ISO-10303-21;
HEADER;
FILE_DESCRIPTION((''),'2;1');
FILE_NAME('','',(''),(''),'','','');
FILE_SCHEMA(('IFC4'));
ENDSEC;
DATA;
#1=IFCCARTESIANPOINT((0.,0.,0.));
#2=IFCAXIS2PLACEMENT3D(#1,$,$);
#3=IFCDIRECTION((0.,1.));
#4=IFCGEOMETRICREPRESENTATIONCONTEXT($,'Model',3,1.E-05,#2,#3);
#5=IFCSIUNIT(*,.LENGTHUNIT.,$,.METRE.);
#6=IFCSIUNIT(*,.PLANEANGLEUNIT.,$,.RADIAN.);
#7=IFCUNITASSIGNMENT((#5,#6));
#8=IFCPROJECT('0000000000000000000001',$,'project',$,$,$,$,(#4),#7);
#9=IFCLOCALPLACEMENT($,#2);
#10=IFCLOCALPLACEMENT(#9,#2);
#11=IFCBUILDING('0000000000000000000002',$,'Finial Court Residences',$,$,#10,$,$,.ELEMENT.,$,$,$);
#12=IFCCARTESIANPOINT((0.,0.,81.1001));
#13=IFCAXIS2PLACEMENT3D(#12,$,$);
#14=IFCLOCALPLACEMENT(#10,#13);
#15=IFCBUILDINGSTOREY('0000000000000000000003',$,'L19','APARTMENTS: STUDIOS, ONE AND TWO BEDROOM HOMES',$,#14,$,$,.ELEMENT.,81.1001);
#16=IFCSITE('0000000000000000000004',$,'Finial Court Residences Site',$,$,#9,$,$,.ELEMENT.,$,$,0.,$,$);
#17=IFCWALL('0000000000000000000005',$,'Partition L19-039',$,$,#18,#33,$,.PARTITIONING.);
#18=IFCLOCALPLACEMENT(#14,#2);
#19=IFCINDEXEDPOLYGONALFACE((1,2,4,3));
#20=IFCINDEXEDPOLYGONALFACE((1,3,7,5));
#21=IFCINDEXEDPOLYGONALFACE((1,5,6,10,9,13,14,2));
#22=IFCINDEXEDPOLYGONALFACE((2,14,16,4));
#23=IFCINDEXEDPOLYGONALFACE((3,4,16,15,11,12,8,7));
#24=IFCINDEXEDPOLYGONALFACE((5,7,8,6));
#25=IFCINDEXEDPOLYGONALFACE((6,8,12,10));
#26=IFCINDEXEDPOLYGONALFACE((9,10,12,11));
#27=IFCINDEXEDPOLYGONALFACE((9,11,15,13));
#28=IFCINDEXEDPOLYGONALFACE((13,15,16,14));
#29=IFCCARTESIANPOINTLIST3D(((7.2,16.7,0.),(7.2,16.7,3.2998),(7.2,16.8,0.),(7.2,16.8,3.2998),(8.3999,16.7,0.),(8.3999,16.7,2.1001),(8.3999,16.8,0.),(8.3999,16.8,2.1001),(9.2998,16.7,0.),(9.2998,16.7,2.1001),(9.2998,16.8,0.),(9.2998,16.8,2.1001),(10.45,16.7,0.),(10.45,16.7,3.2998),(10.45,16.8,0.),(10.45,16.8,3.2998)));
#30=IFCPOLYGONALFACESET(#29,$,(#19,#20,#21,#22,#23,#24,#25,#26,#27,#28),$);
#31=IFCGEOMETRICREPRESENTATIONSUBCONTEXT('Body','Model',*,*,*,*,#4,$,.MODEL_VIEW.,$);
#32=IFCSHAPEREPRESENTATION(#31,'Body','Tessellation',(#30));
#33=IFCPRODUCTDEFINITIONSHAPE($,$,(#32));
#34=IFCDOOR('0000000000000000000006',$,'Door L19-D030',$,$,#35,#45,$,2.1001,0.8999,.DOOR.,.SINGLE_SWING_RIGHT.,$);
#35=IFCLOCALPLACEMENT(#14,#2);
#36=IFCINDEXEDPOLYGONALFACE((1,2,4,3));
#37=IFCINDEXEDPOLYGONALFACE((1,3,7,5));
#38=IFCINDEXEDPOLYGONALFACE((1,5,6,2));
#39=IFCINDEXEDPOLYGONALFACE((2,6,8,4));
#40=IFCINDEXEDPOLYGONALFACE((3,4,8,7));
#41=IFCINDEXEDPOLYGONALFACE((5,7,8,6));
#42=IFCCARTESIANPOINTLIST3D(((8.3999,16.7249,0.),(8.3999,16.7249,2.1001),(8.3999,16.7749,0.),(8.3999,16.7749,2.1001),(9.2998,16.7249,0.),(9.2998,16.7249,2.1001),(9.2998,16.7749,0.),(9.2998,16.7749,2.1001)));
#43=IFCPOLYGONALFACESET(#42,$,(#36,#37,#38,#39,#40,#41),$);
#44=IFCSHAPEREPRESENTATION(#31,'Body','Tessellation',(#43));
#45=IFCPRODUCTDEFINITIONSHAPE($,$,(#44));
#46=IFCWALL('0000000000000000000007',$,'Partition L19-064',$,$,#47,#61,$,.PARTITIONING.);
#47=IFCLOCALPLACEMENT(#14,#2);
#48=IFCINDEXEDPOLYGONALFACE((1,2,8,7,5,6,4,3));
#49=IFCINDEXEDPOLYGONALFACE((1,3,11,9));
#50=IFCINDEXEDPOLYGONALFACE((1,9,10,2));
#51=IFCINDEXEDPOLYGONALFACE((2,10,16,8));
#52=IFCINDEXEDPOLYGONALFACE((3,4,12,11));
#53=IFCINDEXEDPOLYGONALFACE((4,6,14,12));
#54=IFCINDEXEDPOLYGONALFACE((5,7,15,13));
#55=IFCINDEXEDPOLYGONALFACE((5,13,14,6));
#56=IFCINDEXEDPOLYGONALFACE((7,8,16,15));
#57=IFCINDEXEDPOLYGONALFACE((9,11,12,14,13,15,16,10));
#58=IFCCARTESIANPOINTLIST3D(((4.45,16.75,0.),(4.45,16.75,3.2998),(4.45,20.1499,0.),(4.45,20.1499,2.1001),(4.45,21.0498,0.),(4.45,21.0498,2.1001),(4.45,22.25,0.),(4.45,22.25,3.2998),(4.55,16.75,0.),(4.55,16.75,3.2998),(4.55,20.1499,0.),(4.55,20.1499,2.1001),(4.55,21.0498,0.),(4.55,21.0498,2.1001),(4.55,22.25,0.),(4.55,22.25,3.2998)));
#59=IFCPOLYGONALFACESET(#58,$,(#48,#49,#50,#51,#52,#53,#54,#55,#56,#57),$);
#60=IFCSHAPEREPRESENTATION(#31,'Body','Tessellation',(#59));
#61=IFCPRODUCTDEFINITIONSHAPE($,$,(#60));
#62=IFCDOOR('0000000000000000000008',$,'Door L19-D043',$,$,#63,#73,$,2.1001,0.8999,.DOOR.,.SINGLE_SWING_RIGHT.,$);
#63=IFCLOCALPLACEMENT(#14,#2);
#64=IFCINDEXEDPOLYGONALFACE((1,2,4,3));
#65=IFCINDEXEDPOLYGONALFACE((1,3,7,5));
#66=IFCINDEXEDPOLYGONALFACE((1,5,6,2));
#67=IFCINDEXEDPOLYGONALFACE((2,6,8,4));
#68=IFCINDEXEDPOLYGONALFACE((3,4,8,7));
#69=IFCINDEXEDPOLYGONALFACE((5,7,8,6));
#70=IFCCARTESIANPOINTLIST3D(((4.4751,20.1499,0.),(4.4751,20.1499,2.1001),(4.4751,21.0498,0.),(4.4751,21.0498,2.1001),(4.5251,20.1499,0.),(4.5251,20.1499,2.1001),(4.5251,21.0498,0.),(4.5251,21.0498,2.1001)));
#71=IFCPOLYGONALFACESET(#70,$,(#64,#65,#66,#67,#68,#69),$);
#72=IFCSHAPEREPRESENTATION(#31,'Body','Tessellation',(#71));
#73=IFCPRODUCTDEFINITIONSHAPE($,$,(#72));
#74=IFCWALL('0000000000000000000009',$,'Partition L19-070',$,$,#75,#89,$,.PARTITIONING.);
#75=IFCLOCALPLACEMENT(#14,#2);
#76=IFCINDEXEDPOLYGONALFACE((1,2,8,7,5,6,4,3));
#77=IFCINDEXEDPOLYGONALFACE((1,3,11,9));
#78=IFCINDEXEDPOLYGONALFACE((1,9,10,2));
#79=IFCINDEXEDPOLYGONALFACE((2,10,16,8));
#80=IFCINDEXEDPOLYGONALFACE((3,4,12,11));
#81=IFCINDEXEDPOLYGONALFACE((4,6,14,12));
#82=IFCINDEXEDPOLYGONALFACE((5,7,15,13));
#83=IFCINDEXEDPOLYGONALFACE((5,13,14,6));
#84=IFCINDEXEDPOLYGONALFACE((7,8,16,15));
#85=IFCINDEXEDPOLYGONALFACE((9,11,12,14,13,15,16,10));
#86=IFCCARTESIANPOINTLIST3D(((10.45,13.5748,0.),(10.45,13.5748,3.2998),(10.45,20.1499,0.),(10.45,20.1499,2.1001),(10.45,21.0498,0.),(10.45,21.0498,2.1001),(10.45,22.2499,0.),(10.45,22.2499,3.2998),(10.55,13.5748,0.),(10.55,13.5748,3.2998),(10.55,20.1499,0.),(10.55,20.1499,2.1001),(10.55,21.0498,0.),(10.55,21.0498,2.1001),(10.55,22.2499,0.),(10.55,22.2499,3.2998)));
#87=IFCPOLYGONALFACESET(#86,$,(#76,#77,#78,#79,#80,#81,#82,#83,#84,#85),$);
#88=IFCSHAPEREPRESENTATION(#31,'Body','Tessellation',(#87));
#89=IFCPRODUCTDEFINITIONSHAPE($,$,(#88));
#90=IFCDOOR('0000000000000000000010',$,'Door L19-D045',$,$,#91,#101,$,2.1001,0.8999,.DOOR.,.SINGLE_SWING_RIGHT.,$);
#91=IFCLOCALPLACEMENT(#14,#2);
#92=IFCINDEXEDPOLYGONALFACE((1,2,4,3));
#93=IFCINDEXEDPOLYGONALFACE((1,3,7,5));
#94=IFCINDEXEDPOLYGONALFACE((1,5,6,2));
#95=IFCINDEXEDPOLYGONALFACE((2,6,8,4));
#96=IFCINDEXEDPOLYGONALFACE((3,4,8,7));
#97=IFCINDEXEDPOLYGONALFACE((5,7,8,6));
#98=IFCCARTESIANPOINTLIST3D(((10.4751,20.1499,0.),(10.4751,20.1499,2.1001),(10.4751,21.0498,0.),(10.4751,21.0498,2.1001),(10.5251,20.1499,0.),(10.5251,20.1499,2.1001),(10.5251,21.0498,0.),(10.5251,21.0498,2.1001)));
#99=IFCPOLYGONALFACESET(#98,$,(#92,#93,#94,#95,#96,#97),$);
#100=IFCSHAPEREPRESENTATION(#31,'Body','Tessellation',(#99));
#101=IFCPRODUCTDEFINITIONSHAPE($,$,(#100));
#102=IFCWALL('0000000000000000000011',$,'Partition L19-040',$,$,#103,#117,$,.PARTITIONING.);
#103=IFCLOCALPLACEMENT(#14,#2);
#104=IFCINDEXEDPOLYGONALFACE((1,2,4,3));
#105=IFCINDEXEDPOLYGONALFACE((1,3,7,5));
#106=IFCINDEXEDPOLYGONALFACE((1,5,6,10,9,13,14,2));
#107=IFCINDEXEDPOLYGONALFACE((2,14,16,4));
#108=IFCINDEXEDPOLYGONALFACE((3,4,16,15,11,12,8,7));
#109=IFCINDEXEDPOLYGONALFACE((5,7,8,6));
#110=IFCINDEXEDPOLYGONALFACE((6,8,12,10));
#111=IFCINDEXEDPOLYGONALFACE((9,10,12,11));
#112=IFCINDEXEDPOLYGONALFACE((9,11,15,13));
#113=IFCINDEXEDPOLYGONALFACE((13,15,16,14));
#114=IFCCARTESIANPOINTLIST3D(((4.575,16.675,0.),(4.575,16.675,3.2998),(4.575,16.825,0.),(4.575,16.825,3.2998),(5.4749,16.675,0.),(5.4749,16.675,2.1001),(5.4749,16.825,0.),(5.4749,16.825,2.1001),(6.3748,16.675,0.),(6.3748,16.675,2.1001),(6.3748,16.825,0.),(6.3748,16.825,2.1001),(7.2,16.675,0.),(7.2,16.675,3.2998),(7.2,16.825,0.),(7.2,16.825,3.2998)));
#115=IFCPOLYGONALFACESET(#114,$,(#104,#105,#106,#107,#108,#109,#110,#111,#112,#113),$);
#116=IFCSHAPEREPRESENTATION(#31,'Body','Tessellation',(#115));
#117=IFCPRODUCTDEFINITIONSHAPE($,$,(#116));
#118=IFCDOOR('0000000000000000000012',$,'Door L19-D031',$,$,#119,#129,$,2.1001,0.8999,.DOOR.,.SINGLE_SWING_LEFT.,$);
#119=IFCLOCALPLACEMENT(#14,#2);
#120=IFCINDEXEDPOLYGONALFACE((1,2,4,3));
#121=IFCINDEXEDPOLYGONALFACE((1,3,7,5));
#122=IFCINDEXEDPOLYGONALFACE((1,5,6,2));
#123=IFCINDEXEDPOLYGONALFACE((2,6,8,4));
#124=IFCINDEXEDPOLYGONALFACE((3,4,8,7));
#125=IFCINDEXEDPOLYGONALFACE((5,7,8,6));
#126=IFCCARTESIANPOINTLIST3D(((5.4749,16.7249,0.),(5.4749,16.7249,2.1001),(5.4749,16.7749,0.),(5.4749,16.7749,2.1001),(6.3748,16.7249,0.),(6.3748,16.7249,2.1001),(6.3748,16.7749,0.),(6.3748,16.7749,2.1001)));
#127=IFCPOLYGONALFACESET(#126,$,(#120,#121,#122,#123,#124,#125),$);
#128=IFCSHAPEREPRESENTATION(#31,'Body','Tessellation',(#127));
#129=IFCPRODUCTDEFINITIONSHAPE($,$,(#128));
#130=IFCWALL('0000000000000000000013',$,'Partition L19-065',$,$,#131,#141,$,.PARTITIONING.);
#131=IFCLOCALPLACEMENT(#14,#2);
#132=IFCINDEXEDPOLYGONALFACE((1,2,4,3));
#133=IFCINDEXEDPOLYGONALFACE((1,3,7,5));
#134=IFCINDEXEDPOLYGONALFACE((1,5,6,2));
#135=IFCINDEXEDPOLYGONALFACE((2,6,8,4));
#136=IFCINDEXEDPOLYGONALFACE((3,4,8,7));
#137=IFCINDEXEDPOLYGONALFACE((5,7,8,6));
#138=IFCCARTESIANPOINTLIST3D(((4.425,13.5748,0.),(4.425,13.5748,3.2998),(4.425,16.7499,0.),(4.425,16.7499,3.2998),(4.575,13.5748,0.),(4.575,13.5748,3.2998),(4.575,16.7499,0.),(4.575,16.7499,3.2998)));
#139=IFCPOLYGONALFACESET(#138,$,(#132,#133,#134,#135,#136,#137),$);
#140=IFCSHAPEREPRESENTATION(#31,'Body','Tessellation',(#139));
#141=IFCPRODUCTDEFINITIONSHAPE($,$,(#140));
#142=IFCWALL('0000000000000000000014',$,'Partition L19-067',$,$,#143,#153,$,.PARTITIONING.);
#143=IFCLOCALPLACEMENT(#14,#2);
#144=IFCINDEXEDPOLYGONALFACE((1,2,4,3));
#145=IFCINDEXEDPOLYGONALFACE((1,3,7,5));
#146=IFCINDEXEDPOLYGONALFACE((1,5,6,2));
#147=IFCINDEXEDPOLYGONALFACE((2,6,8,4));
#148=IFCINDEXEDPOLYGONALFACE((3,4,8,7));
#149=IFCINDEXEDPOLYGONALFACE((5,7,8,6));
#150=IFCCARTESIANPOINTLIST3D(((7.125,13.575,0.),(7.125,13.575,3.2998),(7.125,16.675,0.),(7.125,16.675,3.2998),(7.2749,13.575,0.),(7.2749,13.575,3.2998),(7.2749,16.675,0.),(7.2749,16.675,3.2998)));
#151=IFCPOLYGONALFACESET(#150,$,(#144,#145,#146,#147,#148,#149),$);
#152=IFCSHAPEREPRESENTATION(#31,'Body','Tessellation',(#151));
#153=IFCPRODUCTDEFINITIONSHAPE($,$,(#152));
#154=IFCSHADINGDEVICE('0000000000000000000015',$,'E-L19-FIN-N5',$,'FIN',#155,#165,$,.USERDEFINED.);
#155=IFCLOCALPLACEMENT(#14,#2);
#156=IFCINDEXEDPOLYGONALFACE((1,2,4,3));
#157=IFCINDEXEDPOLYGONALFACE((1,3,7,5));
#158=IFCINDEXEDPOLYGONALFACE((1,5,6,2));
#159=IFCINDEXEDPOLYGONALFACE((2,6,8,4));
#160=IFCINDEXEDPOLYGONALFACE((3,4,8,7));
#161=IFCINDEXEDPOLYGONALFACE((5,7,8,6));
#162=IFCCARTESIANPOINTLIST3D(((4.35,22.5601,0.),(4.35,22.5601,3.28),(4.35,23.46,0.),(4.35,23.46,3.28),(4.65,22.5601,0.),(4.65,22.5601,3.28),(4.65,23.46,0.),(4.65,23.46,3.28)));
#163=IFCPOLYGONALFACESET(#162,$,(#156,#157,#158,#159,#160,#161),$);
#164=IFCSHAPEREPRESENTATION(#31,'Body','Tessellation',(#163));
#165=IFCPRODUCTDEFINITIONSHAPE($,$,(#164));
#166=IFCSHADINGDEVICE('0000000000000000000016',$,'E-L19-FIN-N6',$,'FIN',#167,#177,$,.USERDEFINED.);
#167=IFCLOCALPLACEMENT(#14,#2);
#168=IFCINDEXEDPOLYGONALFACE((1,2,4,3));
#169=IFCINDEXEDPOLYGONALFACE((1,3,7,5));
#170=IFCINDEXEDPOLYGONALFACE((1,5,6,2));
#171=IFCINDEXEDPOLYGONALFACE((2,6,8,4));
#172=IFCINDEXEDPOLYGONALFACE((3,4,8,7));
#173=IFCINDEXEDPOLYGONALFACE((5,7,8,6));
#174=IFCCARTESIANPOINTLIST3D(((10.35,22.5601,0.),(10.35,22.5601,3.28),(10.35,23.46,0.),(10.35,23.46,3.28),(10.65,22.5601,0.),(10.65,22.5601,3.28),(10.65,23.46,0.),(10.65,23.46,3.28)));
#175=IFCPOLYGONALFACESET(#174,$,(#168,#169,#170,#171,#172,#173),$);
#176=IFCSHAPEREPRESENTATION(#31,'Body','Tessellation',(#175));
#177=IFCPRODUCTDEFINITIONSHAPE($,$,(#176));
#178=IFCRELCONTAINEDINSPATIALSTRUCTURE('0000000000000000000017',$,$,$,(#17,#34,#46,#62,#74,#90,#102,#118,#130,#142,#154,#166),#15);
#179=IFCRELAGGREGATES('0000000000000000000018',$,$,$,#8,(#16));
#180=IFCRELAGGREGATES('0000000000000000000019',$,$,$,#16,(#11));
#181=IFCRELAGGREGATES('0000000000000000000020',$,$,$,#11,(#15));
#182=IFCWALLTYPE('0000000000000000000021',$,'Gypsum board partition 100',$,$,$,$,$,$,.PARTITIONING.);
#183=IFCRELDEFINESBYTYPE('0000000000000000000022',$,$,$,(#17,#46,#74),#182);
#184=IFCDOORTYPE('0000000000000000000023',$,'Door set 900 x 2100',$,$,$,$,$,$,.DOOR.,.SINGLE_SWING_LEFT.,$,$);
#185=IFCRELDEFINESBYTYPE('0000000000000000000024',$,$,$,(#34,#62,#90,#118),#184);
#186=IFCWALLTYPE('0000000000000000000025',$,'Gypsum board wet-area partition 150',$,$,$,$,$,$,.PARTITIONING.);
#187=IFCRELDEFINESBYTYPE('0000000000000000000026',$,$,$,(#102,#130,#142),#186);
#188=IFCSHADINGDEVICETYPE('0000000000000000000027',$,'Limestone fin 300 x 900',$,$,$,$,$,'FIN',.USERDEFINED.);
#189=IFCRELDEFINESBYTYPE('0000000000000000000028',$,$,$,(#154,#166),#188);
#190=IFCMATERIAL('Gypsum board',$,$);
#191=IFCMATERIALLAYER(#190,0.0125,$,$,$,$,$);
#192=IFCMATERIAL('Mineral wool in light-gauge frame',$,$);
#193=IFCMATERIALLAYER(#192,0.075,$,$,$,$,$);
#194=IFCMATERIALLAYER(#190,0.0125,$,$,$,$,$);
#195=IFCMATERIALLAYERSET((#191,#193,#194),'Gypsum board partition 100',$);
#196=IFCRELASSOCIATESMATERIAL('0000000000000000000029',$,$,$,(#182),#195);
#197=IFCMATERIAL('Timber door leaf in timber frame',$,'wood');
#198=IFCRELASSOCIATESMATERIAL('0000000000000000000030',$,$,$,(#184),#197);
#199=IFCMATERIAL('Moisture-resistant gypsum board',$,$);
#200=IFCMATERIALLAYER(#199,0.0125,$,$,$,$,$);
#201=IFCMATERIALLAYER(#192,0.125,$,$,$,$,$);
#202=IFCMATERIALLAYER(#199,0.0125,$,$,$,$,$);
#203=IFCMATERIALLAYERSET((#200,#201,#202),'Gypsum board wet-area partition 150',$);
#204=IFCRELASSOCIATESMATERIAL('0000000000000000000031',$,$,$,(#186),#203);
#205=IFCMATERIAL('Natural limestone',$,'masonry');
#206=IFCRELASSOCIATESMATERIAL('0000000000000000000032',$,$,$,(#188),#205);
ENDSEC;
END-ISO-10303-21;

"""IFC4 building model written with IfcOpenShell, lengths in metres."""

from ifc_helpers import new_model, si_unit, direction, frame, frame_2d, origin, origin_2d, place, context, subcontext, project, spatial, rectangle, extrude, material, layer, layer_set, type_object, element, fill, save


model = new_model("IFC4")

# Units and contexts
model_context = context("Model", 3, precision=1e-05, world=origin(), true_north=direction((0.0, 1.0)))
body_context = subcontext(model_context, "Body", "Model", "MODEL_VIEW")
ifc_project = project(units=[si_unit("LENGTHUNIT", "METRE"), si_unit("PLANEANGLEUNIT", "RADIAN")], contexts=[model_context])

# Site, building, storey
site_placement = place(None, origin())
site = spatial("IfcSite", under=ifc_project, at=site_placement, Name="Finial Court Residences Site", CompositionType="ELEMENT", RefElevation=0.0)
building_placement = place(site_placement, origin())
building = spatial("IfcBuilding", under=site, at=building_placement, Name="Finial Court Residences", CompositionType="ELEMENT")
storey_placement = place(building_placement, frame((0.0, 0.0, 81.1001)))
storey = spatial("IfcBuildingStorey", under=building, at=storey_placement, Name="L19", Description="APARTMENTS: STUDIOS, ONE AND TWO BEDROOM HOMES", CompositionType="ELEMENT", Elevation=81.1001)

# Walls, openings, doors
ifc_material_1 = material(Name="Gypsum board")
ifc_layer_1 = layer(ifc_material_1, 0.0125)
ifc_material_2 = material(Name="Mineral wool in light-gauge frame")
ifc_layer_2 = layer(ifc_material_2, 0.075)
ifc_layer_3 = layer(ifc_material_1, 0.0125)
ifc_layer_set_1 = layer_set([ifc_layer_1, ifc_layer_2, ifc_layer_3], Name="Gypsum board partition 100")
wall_type_1 = type_object("IfcWallType", Name="Gypsum board partition 100", PredefinedType="PARTITIONING", material=ifc_layer_set_1)
wall_1_placement = place(storey_placement, frame((7.2, 16.75, 0.0), z_axis=(0.0, 0.0, 1.0), x_axis=(1.0, 0.0, 0.0)))
wall_1 = element("IfcWall", 1, at=wall_1_placement, inside=storey, type_object=wall_type_1, Name="Partition L19-039", PredefinedType="PARTITIONING", context=body_context, shape_type="SweptSolid", body=[
    extrude(rectangle(XDim=3.25, YDim=0.1001, at=frame_2d((1.625, 0.0))), origin(), (0.0, 0.0, 1.0), 3.2998),
])
opening_1_placement = place(wall_1_placement, frame((1.2, 0.0, 0.0)))
opening_1 = element("IfcOpeningElement", 2, at=opening_1_placement, cuts=wall_1, PredefinedType="OPENING", context=body_context, shape_type="SweptSolid", body=[
    extrude(rectangle(XDim=0.8999, YDim=2.1001, at=frame_2d((0.45, 1.05))), frame((0.0, 0.0601, 0.0), z_axis=(0.0, -1.0, 0.0), x_axis=(1.0, 0.0, 0.0)), (0.0, 0.0, 1.0), 0.1201),
])
ifc_material_3 = material(Name="Timber door leaf in timber frame", Category="wood")
door_type = type_object("IfcDoorType", Name="Door set 900 x 2100", OperationType="SINGLE_SWING_LEFT", PredefinedType="DOOR", material=ifc_material_3)
door_1_placement = place(opening_1_placement, origin())
door_1 = element("IfcDoor", 3, at=door_1_placement, inside=storey, type_object=door_type, Name="Door L19-D030", OperationType="SINGLE_SWING_RIGHT", OverallHeight=2.1001, OverallWidth=0.8999, PredefinedType="DOOR", context=body_context, shape_type="SweptSolid", body=[
    extrude(rectangle(XDim=0.8999, YDim=2.1001, at=frame_2d((0.45, 1.05))), frame((0.0, 0.0249, 0.0), z_axis=(0.0, -1.0, 0.0), x_axis=(1.0, 0.0, 0.0)), (0.0, 0.0, 1.0), 0.05),
])
fill(opening_1, door_1)
wall_2_placement = place(storey_placement, frame((4.5, 16.75, 0.0), z_axis=(0.0, 0.0, 1.0), x_axis=(0.0, 1.0, 0.0)))
wall_2 = element("IfcWall", 4, at=wall_2_placement, inside=storey, type_object=wall_type_1, Name="Partition L19-064", PredefinedType="PARTITIONING", context=body_context, shape_type="SweptSolid", body=[
    extrude(rectangle(XDim=5.5, YDim=0.1001, at=frame_2d((2.75, 0.0))), origin(), (0.0, 0.0, 1.0), 3.2998),
])
opening_2_placement = place(wall_2_placement, frame((3.3999, 0.0, 0.0)))
opening_2 = element("IfcOpeningElement", 5, at=opening_2_placement, cuts=wall_2, PredefinedType="OPENING", context=body_context, shape_type="SweptSolid", body=[
    extrude(rectangle(XDim=0.8999, YDim=2.1001, at=frame_2d((0.45, 1.05))), frame((0.0, 0.0601, 0.0), z_axis=(0.0, -1.0, 0.0), x_axis=(1.0, 0.0, 0.0)), (0.0, 0.0, 1.0), 0.1201),
])
door_2_placement = place(opening_2_placement, origin())
door_2 = element("IfcDoor", 6, at=door_2_placement, inside=storey, type_object=door_type, Name="Door L19-D043", OperationType="SINGLE_SWING_RIGHT", OverallHeight=2.1001, OverallWidth=0.8999, PredefinedType="DOOR", context=body_context, shape_type="SweptSolid", body=[
    extrude(rectangle(XDim=0.8999, YDim=2.1001, at=frame_2d((0.45, 1.05))), frame((0.0, 0.0249, 0.0), z_axis=(0.0, -1.0, 0.0), x_axis=(1.0, 0.0, 0.0)), (0.0, 0.0, 1.0), 0.05),
])
fill(opening_2, door_2)
wall_3_placement = place(storey_placement, frame((10.5, 13.575, 0.0), z_axis=(0.0, 0.0, 1.0), x_axis=(0.0, 1.0, 0.0)))
wall_3 = element("IfcWall", 7, at=wall_3_placement, inside=storey, type_object=wall_type_1, Name="Partition L19-070", PredefinedType="PARTITIONING", context=body_context, shape_type="SweptSolid", body=[
    extrude(rectangle(XDim=8.675, YDim=0.1001, at=frame_2d((4.3374, 0.0))), origin(), (0.0, 0.0, 1.0), 3.2998),
])
opening_3_placement = place(wall_3_placement, frame((6.575, 0.0, 0.0)))
opening_3 = element("IfcOpeningElement", 8, at=opening_3_placement, cuts=wall_3, PredefinedType="OPENING", context=body_context, shape_type="SweptSolid", body=[
    extrude(rectangle(XDim=0.8999, YDim=2.1001, at=frame_2d((0.45, 1.05))), frame((0.0, 0.0601, 0.0), z_axis=(0.0, -1.0, 0.0), x_axis=(1.0, 0.0, 0.0)), (0.0, 0.0, 1.0), 0.1201),
])
door_3_placement = place(opening_3_placement, origin())
door_3 = element("IfcDoor", 9, at=door_3_placement, inside=storey, type_object=door_type, Name="Door L19-D045", OperationType="SINGLE_SWING_RIGHT", OverallHeight=2.1001, OverallWidth=0.8999, PredefinedType="DOOR", context=body_context, shape_type="SweptSolid", body=[
    extrude(rectangle(XDim=0.8999, YDim=2.1001, at=frame_2d((0.45, 1.05))), frame((0.0, 0.0249, 0.0), z_axis=(0.0, -1.0, 0.0), x_axis=(1.0, 0.0, 0.0)), (0.0, 0.0, 1.0), 0.05),
])
fill(opening_3, door_3)
ifc_material_4 = material(Name="Moisture-resistant gypsum board")
ifc_layer_4 = layer(ifc_material_4, 0.0125)
ifc_layer_5 = layer(ifc_material_2, 0.125)
ifc_layer_6 = layer(ifc_material_4, 0.0125)
ifc_layer_set_2 = layer_set([ifc_layer_4, ifc_layer_5, ifc_layer_6], Name="Gypsum board wet-area partition 150")
wall_type_2 = type_object("IfcWallType", Name="Gypsum board wet-area partition 150", PredefinedType="PARTITIONING", material=ifc_layer_set_2)
wall_4_placement = place(storey_placement, frame((4.575, 16.75, 0.0), z_axis=(0.0, 0.0, 1.0), x_axis=(1.0, 0.0, 0.0)))
wall_4 = element("IfcWall", 10, at=wall_4_placement, inside=storey, type_object=wall_type_2, Name="Partition L19-040", PredefinedType="PARTITIONING", context=body_context, shape_type="SweptSolid", body=[
    extrude(rectangle(XDim=2.625, YDim=0.1499, at=frame_2d((1.3125, 0.0))), origin(), (0.0, 0.0, 1.0), 3.2998),
])
opening_4_placement = place(wall_4_placement, frame((0.8999, 0.0, 0.0)))
opening_4 = element("IfcOpeningElement", 11, at=opening_4_placement, cuts=wall_4, PredefinedType="OPENING", context=body_context, shape_type="SweptSolid", body=[
    extrude(rectangle(XDim=0.8999, YDim=2.1001, at=frame_2d((0.45, 1.05))), frame((0.0, 0.085, 0.0), z_axis=(0.0, -1.0, 0.0), x_axis=(1.0, 0.0, 0.0)), (0.0, 0.0, 1.0), 0.1699),
])
door_4_placement = place(opening_4_placement, origin())
door_4 = element("IfcDoor", 12, at=door_4_placement, inside=storey, type_object=door_type, Name="Door L19-D031", OperationType="SINGLE_SWING_LEFT", OverallHeight=2.1001, OverallWidth=0.8999, PredefinedType="DOOR", context=body_context, shape_type="SweptSolid", body=[
    extrude(rectangle(XDim=0.8999, YDim=2.1001, at=frame_2d((0.45, 1.05))), frame((0.0, 0.0249, 0.0), z_axis=(0.0, -1.0, 0.0), x_axis=(1.0, 0.0, 0.0)), (0.0, 0.0, 1.0), 0.05),
])
fill(opening_4, door_4)

# Walls
wall_5_placement = place(storey_placement, frame((4.5, 13.575, 0.0), z_axis=(0.0, 0.0, 1.0), x_axis=(0.0, 1.0, 0.0)))
element("IfcWall", 13, at=wall_5_placement, inside=storey, type_object=wall_type_2, Name="Partition L19-065", PredefinedType="PARTITIONING", context=body_context, shape_type="SweptSolid", body=[
    extrude(rectangle(XDim=3.175, YDim=0.1499, at=frame_2d((1.5874, 0.0))), origin(), (0.0, 0.0, 1.0), 3.2998),
])
wall_6_placement = place(storey_placement, frame((7.2, 13.575, 0.0), z_axis=(0.0, 0.0, 1.0), x_axis=(0.0, 1.0, 0.0)))
element("IfcWall", 14, at=wall_6_placement, inside=storey, type_object=wall_type_2, Name="Partition L19-067", PredefinedType="PARTITIONING", context=body_context, shape_type="SweptSolid", body=[
    extrude(rectangle(XDim=3.1001, YDim=0.1499, at=frame_2d((1.55, 0.0))), origin(), (0.0, 0.0, 1.0), 3.2998),
])

# Shading devices
ifc_material_5 = material(Name="Natural limestone", Category="masonry")
shading_device_type = type_object("IfcShadingDeviceType", Name="Limestone fin 300 x 900", ElementType="FIN", PredefinedType="USERDEFINED", material=ifc_material_5)
for number, where, z_axis, x_axis, name in (
    (15, (4.5, 23.01, 0.0), (0.0, 0.0, 1.0), (1.0, 0.0, 0.0), "E-L19-FIN-N5"),
    (16, (10.5, 23.01, 0.0), (0.0, 0.0, 1.0), (1.0, 0.0, 0.0), "E-L19-FIN-N6"),
):
    element("IfcShadingDevice", number, at=place(storey_placement, frame(where, z_axis=z_axis, x_axis=x_axis)), inside=storey, type_object=shading_device_type, Name=name, ObjectType="FIN", PredefinedType="USERDEFINED", context=body_context, shape_type="SweptSolid", body=[
        extrude(rectangle(XDim=0.3, YDim=0.8999, at=origin_2d()), origin(), (0.0, 0.0, 1.0), 3.28),
    ])

save(model, "model.ifc")
